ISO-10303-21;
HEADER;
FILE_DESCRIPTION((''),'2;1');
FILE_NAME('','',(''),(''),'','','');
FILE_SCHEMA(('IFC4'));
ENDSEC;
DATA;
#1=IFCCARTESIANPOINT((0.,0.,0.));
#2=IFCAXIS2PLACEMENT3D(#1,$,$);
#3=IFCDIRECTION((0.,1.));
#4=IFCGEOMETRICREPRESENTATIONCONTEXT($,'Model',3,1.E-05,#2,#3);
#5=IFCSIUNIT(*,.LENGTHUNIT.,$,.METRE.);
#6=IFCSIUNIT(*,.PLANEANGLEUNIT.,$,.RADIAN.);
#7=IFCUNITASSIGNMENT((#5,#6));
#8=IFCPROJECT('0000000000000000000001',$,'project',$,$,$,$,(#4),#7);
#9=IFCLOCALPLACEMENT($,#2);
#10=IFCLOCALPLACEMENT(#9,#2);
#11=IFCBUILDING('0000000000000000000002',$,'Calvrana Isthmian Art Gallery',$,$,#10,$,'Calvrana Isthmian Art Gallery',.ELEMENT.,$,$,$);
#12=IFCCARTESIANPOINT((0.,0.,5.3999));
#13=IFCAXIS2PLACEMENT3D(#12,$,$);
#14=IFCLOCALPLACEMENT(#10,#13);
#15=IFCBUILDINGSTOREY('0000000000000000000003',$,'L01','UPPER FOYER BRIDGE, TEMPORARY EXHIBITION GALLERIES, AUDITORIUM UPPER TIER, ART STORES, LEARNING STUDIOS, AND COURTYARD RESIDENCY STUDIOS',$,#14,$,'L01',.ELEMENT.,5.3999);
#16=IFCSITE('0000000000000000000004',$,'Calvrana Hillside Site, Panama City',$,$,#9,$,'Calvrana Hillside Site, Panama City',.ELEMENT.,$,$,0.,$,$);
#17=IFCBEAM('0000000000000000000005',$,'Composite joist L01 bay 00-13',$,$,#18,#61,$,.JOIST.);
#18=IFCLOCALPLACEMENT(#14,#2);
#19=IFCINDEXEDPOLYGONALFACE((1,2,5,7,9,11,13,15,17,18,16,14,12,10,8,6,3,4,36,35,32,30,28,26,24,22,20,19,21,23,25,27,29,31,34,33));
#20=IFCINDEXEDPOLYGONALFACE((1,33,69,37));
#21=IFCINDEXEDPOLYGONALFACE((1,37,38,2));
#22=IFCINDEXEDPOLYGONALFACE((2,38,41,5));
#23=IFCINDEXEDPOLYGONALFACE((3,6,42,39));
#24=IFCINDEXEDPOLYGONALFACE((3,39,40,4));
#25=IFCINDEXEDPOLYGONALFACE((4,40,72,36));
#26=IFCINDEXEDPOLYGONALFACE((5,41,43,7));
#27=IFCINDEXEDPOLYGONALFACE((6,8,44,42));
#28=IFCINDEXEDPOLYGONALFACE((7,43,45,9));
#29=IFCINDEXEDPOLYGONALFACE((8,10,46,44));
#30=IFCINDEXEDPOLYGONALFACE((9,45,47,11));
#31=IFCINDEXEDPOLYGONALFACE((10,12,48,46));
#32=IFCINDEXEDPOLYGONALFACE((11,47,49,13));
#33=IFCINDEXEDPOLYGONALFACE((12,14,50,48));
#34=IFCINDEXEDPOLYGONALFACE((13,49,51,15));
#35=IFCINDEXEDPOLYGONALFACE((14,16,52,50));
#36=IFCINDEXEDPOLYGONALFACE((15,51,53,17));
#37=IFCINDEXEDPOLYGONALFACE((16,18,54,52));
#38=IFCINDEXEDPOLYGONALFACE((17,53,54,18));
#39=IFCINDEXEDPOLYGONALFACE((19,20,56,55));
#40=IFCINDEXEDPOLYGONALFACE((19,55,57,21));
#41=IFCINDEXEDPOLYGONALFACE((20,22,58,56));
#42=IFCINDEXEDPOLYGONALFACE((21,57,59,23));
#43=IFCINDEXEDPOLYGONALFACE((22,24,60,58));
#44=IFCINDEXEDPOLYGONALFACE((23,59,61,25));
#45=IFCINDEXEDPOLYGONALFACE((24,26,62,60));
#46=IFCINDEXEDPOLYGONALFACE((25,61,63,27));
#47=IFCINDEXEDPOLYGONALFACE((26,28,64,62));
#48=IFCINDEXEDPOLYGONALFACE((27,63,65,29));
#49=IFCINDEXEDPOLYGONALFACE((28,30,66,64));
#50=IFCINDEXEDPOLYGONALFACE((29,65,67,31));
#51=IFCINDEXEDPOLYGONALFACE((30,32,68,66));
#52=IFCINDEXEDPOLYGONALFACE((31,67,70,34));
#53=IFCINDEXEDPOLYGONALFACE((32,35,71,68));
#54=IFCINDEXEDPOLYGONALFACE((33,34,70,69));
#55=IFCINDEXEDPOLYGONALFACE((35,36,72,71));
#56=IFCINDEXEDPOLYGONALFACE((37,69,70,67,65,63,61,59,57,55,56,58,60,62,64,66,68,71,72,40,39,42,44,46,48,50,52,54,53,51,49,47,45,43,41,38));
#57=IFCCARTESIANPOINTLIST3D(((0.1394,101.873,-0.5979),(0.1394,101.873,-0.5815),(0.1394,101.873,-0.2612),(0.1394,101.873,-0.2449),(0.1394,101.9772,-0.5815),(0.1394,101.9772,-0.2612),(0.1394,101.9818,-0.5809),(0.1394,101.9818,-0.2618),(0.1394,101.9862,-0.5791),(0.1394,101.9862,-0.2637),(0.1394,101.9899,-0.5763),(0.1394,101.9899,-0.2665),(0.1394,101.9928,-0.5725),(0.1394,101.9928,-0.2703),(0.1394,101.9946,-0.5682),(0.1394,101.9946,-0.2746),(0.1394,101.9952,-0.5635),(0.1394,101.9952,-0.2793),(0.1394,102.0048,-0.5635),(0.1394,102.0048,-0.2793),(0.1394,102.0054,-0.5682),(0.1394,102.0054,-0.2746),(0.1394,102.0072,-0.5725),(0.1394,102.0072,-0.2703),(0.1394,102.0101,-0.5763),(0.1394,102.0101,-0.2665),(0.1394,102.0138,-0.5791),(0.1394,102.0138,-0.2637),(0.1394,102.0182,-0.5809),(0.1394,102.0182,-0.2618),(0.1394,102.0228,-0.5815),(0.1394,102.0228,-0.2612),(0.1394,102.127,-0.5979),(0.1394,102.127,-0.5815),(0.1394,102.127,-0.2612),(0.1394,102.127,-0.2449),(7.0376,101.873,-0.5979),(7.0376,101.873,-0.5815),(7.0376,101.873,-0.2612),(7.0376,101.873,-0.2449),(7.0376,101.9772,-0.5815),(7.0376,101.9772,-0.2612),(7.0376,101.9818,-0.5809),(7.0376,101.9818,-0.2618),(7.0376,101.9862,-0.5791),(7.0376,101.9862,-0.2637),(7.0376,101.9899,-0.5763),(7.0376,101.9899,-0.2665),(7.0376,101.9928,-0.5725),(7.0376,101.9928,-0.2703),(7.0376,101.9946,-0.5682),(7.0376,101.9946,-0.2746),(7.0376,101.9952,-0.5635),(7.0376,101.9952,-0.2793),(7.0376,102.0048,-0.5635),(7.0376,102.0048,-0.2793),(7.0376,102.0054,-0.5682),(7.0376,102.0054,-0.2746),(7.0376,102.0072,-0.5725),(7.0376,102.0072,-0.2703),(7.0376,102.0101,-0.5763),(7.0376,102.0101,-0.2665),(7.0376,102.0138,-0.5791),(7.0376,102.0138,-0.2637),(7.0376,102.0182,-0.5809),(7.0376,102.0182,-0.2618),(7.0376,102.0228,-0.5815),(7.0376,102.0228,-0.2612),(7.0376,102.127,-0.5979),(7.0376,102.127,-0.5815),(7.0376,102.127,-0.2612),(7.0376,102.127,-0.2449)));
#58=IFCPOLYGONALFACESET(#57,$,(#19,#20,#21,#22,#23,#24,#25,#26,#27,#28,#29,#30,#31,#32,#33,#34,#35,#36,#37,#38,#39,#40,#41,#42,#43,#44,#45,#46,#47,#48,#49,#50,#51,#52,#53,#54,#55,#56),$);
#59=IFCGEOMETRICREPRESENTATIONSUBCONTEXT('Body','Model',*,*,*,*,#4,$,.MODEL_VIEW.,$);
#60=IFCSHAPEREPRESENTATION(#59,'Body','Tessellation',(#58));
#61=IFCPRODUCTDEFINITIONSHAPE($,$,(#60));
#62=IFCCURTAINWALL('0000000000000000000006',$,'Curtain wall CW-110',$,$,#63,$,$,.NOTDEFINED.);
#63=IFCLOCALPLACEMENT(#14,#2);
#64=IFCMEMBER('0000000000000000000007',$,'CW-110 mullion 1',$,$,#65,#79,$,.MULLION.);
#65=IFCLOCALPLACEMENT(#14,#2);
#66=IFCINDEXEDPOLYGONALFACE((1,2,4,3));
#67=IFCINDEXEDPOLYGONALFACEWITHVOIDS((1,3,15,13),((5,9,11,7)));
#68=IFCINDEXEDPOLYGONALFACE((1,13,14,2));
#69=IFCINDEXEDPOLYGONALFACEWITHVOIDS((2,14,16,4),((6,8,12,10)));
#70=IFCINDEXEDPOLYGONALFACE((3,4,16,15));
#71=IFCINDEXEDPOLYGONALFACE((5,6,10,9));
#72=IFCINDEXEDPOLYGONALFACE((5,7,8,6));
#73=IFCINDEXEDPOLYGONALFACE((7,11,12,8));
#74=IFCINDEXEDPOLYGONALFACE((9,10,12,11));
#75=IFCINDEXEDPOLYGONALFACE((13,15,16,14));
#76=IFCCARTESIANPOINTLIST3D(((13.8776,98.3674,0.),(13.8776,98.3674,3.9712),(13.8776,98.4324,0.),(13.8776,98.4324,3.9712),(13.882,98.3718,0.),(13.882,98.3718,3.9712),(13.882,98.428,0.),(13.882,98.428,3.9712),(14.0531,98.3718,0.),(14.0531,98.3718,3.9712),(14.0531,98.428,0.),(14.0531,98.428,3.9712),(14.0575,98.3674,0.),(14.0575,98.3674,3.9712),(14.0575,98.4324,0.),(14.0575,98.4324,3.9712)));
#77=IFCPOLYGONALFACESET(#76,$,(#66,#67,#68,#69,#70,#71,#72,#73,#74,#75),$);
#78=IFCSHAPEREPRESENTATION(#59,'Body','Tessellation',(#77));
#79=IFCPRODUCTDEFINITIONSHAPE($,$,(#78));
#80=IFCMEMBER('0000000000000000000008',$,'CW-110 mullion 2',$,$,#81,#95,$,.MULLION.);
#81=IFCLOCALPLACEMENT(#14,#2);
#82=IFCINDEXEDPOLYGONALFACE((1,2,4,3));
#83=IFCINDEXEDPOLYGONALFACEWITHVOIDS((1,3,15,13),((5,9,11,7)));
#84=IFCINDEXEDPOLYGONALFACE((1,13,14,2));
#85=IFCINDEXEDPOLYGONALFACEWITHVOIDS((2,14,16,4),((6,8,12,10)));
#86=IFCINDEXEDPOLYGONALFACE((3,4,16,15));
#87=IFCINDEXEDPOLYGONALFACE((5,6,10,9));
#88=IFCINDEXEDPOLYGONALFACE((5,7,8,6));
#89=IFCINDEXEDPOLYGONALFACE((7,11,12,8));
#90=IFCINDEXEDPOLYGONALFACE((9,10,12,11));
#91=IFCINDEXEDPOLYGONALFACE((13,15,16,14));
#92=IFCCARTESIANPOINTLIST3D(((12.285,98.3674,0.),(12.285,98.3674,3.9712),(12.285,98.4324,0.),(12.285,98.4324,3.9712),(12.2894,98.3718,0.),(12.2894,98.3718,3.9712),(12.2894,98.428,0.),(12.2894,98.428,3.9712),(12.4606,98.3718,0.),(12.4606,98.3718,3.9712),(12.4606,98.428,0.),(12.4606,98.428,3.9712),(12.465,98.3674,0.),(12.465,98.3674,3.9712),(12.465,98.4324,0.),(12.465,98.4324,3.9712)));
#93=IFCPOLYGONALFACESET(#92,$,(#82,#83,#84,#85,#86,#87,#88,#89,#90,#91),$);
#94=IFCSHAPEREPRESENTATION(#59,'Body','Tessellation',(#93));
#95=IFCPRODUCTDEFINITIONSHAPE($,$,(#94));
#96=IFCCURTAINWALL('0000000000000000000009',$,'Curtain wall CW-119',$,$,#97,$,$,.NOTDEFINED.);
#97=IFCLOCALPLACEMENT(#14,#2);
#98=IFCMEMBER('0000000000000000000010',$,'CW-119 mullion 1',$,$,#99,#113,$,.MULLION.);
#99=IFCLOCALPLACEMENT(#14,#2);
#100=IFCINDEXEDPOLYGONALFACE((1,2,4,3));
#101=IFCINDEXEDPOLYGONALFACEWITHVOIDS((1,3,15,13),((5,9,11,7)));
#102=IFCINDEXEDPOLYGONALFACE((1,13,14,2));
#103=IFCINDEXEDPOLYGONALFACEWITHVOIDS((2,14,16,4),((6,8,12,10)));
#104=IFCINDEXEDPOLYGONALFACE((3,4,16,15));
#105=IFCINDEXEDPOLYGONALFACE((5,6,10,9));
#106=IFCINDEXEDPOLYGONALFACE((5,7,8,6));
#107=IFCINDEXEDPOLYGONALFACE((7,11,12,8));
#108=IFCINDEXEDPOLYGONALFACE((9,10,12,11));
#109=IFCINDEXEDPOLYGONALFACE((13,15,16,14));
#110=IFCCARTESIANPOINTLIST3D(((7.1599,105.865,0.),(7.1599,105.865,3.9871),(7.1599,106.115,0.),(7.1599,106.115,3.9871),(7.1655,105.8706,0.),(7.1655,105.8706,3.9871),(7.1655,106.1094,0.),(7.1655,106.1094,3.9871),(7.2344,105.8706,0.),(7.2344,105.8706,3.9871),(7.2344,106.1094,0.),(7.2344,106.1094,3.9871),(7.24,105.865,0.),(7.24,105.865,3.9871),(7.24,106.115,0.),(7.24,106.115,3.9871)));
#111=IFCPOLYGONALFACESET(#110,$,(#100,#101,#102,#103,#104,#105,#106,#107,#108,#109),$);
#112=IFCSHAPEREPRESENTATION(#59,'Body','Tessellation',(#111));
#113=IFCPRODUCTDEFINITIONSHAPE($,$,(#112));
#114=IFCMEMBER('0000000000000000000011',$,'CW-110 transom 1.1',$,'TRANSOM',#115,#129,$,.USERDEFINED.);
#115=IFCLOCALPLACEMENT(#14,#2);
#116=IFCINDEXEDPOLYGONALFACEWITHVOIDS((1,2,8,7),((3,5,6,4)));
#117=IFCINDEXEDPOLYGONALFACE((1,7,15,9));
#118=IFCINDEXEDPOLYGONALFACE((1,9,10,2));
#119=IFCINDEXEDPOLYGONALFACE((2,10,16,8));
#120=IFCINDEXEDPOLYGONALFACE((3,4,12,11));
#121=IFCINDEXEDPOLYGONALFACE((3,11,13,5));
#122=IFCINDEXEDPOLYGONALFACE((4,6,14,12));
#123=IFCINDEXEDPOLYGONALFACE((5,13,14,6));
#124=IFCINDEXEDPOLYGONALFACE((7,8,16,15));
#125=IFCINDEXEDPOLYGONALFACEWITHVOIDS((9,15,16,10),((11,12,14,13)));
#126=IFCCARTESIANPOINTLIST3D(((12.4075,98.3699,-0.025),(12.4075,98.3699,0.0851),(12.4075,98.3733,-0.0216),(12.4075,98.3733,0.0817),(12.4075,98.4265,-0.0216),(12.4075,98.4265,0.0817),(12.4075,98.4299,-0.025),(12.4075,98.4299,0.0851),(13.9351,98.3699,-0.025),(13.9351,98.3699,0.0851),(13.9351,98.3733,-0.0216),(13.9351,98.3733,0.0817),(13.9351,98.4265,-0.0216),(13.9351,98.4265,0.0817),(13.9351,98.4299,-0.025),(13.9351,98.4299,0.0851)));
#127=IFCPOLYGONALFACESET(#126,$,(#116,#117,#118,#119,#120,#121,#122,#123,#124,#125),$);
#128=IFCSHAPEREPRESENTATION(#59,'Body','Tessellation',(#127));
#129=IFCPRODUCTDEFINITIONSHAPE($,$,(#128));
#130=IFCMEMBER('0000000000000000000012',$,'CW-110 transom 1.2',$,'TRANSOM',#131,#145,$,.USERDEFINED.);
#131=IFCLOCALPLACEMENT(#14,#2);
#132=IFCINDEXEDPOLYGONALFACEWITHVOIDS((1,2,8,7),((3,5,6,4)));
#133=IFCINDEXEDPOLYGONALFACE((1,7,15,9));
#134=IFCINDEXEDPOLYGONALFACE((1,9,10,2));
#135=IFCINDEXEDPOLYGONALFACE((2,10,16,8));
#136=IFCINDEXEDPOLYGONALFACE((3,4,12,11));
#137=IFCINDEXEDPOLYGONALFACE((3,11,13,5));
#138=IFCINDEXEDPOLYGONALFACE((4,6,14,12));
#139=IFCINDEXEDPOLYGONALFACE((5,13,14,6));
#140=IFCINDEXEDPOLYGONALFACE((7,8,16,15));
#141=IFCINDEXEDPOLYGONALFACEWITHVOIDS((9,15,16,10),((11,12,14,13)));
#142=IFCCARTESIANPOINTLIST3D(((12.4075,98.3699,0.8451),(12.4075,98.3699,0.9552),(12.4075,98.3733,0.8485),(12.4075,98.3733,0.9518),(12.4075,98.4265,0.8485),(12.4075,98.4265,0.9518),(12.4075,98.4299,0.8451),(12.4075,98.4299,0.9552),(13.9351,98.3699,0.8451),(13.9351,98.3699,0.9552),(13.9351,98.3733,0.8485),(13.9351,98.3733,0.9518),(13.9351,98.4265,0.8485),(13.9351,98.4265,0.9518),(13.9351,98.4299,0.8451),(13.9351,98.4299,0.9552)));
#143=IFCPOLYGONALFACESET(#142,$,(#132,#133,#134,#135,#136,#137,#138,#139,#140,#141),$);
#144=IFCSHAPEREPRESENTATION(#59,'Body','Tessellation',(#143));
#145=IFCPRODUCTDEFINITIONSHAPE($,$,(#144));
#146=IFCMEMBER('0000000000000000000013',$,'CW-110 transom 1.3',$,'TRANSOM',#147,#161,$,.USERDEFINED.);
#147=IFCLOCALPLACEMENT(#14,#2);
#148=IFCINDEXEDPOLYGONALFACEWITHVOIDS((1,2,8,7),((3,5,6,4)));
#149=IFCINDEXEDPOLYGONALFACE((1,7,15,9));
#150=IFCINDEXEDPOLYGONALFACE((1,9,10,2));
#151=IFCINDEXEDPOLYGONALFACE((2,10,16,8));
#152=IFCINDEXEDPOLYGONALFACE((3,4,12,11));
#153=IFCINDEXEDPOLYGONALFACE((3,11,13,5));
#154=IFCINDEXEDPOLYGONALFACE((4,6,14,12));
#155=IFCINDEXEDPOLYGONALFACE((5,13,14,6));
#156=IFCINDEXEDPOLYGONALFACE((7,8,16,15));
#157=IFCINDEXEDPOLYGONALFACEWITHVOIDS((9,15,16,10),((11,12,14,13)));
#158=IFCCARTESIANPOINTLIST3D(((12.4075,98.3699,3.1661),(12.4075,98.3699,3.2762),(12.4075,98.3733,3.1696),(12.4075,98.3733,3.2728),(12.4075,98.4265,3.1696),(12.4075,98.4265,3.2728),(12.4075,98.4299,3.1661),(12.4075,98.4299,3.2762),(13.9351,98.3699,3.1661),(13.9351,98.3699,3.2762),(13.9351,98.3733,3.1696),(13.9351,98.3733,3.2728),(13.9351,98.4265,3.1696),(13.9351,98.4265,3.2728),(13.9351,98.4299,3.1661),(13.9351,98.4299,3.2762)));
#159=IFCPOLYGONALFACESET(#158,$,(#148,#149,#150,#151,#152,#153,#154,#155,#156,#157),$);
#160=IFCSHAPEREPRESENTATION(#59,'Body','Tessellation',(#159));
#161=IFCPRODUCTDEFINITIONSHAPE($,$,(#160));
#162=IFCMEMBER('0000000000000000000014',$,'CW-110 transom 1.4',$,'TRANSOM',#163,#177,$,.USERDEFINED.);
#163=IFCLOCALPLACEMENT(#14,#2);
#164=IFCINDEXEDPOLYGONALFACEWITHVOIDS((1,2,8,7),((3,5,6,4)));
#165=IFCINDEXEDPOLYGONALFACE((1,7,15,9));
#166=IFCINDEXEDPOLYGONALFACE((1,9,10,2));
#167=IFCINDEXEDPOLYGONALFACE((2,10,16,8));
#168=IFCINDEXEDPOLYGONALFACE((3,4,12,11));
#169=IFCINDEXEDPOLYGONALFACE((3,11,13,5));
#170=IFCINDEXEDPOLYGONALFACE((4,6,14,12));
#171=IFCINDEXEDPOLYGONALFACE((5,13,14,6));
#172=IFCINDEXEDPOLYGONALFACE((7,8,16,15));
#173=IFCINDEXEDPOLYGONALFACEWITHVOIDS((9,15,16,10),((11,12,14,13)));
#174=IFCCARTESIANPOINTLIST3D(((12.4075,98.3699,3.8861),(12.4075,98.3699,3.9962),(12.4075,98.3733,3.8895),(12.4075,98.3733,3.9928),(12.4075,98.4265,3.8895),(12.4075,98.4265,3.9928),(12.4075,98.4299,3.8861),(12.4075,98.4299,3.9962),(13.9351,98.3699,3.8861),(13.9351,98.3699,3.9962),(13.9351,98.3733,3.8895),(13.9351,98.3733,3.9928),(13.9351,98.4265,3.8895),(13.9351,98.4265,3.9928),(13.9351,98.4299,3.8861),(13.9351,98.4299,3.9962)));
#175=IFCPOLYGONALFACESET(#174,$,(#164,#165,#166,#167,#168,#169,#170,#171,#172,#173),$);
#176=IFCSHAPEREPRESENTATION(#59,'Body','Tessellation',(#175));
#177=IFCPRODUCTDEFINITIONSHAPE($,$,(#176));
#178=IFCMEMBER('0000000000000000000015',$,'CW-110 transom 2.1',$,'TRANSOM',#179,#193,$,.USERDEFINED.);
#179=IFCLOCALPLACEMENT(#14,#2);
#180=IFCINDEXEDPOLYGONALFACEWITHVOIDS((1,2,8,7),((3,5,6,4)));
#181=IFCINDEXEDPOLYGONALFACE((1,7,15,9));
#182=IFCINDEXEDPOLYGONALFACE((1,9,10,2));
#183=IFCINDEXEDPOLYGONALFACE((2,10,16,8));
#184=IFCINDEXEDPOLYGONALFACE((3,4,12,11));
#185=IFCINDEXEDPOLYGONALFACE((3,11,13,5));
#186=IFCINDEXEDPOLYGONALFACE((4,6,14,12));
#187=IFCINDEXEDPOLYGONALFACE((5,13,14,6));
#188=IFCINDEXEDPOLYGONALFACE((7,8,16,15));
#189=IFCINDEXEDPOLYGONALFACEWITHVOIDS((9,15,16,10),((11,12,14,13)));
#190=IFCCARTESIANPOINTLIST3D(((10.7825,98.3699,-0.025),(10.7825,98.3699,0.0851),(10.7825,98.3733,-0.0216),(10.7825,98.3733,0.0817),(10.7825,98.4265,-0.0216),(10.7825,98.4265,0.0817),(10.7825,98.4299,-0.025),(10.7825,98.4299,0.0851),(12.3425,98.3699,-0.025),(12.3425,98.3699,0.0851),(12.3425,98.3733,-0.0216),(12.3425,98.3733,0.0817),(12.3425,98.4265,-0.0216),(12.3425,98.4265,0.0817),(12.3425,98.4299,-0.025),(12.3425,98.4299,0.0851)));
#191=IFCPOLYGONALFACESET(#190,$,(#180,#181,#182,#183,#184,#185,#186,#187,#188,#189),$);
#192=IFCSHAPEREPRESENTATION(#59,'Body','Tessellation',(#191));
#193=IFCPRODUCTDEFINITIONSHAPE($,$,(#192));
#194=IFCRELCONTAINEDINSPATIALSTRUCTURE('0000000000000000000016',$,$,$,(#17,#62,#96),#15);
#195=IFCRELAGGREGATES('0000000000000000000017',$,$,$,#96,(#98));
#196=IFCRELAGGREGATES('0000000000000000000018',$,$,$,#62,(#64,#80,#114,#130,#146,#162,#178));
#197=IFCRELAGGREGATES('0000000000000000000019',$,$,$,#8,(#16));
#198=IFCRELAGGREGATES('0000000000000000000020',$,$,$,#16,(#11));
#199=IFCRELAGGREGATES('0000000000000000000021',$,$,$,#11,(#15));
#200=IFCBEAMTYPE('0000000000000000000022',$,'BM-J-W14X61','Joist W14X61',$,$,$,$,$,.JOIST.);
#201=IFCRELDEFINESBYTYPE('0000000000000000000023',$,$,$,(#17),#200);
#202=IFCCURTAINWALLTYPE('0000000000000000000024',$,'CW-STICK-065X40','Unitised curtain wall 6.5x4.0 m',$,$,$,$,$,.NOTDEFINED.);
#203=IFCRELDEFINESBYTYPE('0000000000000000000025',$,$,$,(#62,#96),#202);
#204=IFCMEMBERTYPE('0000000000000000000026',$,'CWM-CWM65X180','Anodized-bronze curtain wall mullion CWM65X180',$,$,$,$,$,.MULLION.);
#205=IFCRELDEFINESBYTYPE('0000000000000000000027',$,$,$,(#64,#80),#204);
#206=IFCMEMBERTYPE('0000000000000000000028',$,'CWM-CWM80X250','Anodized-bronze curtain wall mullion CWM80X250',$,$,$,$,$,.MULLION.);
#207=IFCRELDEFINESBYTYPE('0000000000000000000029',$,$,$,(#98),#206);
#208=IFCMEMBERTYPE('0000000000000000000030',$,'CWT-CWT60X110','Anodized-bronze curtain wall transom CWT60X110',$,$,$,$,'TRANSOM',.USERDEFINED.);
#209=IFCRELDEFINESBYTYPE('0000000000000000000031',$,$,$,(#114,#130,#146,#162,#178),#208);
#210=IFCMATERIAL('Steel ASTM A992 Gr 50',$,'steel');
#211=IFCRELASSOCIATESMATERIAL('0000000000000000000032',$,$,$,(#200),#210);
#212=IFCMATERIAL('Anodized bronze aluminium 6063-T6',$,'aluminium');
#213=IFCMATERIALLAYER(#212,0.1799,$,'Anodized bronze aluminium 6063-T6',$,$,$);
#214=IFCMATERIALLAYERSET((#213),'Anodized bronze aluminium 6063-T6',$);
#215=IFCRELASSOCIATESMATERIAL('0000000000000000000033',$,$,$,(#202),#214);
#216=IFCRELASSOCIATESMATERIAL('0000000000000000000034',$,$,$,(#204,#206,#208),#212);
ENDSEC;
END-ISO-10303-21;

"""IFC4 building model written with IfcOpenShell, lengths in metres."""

from ifc_helpers import new_model, si_unit, direction, frame, origin, origin_2d, place, context, subcontext, project, spatial, hollow_rectangle, i_section, extrude, material, layer, layer_set, material_profile, profile_set, type_object, element, aggregate, save


model = new_model("IFC4")

# Units and contexts
model_context = context("Model", 3, precision=1e-05, world=origin(), true_north=direction((0.0, 1.0)))
body_context = subcontext(model_context, "Body", "Model", "MODEL_VIEW")
ifc_project = project(units=[si_unit("LENGTHUNIT", "METRE"), si_unit("PLANEANGLEUNIT", "RADIAN")], contexts=[model_context])

# Site, building, storey
site_placement = place(None, origin())
site = spatial("IfcSite", under=ifc_project, at=site_placement, Name="Calvrana Hillside Site, Panama City", LongName="Calvrana Hillside Site, Panama City", CompositionType="ELEMENT", RefElevation=0.0)
building_placement = place(site_placement, origin())
building = spatial("IfcBuilding", under=site, at=building_placement, Name="Calvrana Isthmian Art Gallery", LongName="Calvrana Isthmian Art Gallery", CompositionType="ELEMENT")
storey_placement = place(building_placement, frame((0.0, 0.0, 5.3999)))
storey = spatial("IfcBuildingStorey", under=building, at=storey_placement, Name="L01", Description="UPPER FOYER BRIDGE, TEMPORARY EXHIBITION GALLERIES, AUDITORIUM UPPER TIER, ART STORES, LEARNING STUDIOS, AND COURTYARD RESIDENCY STUDIOS", LongName="L01", CompositionType="ELEMENT", Elevation=5.3999)

# Beam
ifc_material_1 = material(Name="Steel ASTM A992 Gr 50", Category="steel")
ifc_material_profile_1 = material_profile(ifc_material_1, i_section(OverallWidth=0.2539, OverallDepth=0.353, WebThickness=0.0095, FlangeThickness=0.0164, FilletRadius=0.0181, at=origin_2d()), Name="W14X61")
ifc_profile_set_1 = profile_set([ifc_material_profile_1], Name="Steel ASTM A992 Gr 50")
beam_type_1 = type_object("IfcBeamType", Name="BM-J-W14X61", Description="Joist W14X61", PredefinedType="JOIST", material=ifc_profile_set_1)
beam_1_placement = place(storey_placement, frame((0.1394, 102.0, -0.4214), z_axis=(1.0, 0.0, 0.0), x_axis=(0.0, 1.0, 0.0)))
element("IfcBeam", 1, at=beam_1_placement, inside=storey, type_object=beam_type_1, Name="Composite joist L01 bay 00-13", PredefinedType="JOIST", context=body_context, shape_type="SweptSolid", body=[
    extrude(i_section(OverallWidth=0.2539, OverallDepth=0.353, WebThickness=0.0095, FlangeThickness=0.0164, FilletRadius=0.0181, at=origin_2d()), origin(), (0.0, 0.0, 1.0), 6.8982),
])

# Curtain wall, members
ifc_material_2 = material(Name="Anodized bronze aluminium 6063-T6", Category="aluminium")
ifc_layer_1 = layer(ifc_material_2, 0.1799, Name="Anodized bronze aluminium 6063-T6")
ifc_layer_set_1 = layer_set([ifc_layer_1], Name="Anodized bronze aluminium 6063-T6")
curtain_wall_type = type_object("IfcCurtainWallType", Name="CW-STICK-065X40", Description="Unitised curtain wall 6.5x4.0 m", PredefinedType="NOTDEFINED", material=ifc_layer_set_1)
curtain_wall_1_placement = place(storey_placement, origin())
curtain_wall_1 = element("IfcCurtainWall", 2, at=curtain_wall_1_placement, inside=storey, type_object=curtain_wall_type, Name="Curtain wall CW-110", PredefinedType="NOTDEFINED")
ifc_material_profile_2 = material_profile(ifc_material_2, hollow_rectangle(XDim=0.0649, YDim=0.1799, WallThickness=0.0044, at=origin_2d()), Name="CWM65X180")
ifc_profile_set_2 = profile_set([ifc_material_profile_2], Name="Anodized bronze aluminium 6063-T6")
member_type_1 = type_object("IfcMemberType", Name="CWM-CWM65X180", Description="Anodized-bronze curtain wall mullion CWM65X180", PredefinedType="MULLION", material=ifc_profile_set_2)
member_1_placement = place(storey_placement, frame((13.9675, 98.3999, 0.0), z_axis=(0.0, 0.0, 1.0), x_axis=(0.0, -1.0, 0.0)))
member_1 = element("IfcMember", 3, at=member_1_placement, type_object=member_type_1, Name="CW-110 mullion 1", PredefinedType="MULLION", context=body_context, shape_type="SweptSolid", body=[
    extrude(hollow_rectangle(XDim=0.0649, YDim=0.1799, WallThickness=0.0044, at=origin_2d()), origin(), (0.0, 0.0, 1.0), 3.9712),
])
member_2_placement = place(storey_placement, frame((12.375, 98.3999, 0.0), z_axis=(0.0, 0.0, 1.0), x_axis=(0.0, -1.0, 0.0)))
member_2 = element("IfcMember", 4, at=member_2_placement, type_object=member_type_1, Name="CW-110 mullion 2", PredefinedType="MULLION", context=body_context, shape_type="SweptSolid", body=[
    extrude(hollow_rectangle(XDim=0.0649, YDim=0.1799, WallThickness=0.0044, at=origin_2d()), origin(), (0.0, 0.0, 1.0), 3.9712),
])

# Curtain wall, member
curtain_wall_2_placement = place(storey_placement, origin())
curtain_wall_2 = element("IfcCurtainWall", 5, at=curtain_wall_2_placement, inside=storey, type_object=curtain_wall_type, Name="Curtain wall CW-119", PredefinedType="NOTDEFINED")
ifc_material_profile_3 = material_profile(ifc_material_2, hollow_rectangle(XDim=0.0801, YDim=0.25, WallThickness=0.0056, at=origin_2d()), Name="CWM80X250")
ifc_profile_set_3 = profile_set([ifc_material_profile_3], Name="Anodized bronze aluminium 6063-T6")
member_type_2 = type_object("IfcMemberType", Name="CWM-CWM80X250", Description="Anodized-bronze curtain wall mullion CWM80X250", PredefinedType="MULLION", material=ifc_profile_set_3)
member_3_placement = place(storey_placement, frame((7.2, 105.99, 0.0), z_axis=(0.0, 0.0, 1.0), x_axis=(-1.0, 0.0, 0.0)))
member_3 = element("IfcMember", 6, at=member_3_placement, type_object=member_type_2, Name="CW-119 mullion 1", PredefinedType="MULLION", context=body_context, shape_type="SweptSolid", body=[
    extrude(hollow_rectangle(XDim=0.0801, YDim=0.25, WallThickness=0.0056, at=origin_2d()), origin(), (0.0, 0.0, 1.0), 3.9871),
])

# Members
ifc_material_profile_4 = material_profile(ifc_material_2, hollow_rectangle(XDim=0.0601, YDim=0.1101, WallThickness=0.0034, at=origin_2d()), Name="CWT60X110")
ifc_profile_set_4 = profile_set([ifc_material_profile_4], Name="Anodized bronze aluminium 6063-T6")
member_type_3 = type_object("IfcMemberType", Name="CWT-CWT60X110", Description="Anodized-bronze curtain wall transom CWT60X110", ElementType="TRANSOM", PredefinedType="USERDEFINED", material=ifc_profile_set_4)
member_4_placement = place(storey_placement, frame((13.9351, 98.3999, 0.03), z_axis=(-1.0, 0.0, 0.0), x_axis=(0.0, -1.0, 0.0)))
member_4 = element("IfcMember", 7, at=member_4_placement, type_object=member_type_3, Name="CW-110 transom 1.1", ObjectType="TRANSOM", PredefinedType="USERDEFINED", context=body_context, shape_type="SweptSolid", body=[
    extrude(hollow_rectangle(XDim=0.0601, YDim=0.1101, WallThickness=0.0034, at=origin_2d()), origin(), (0.0, 0.0, 1.0), 1.5276),
])
member_5_placement = place(storey_placement, frame((13.9351, 98.3999, 0.9001), z_axis=(-1.0, 0.0, 0.0), x_axis=(0.0, -1.0, 0.0)))
member_5 = element("IfcMember", 8, at=member_5_placement, type_object=member_type_3, Name="CW-110 transom 1.2", ObjectType="TRANSOM", PredefinedType="USERDEFINED", context=body_context, shape_type="SweptSolid", body=[
    extrude(hollow_rectangle(XDim=0.0601, YDim=0.1101, WallThickness=0.0034, at=origin_2d()), origin(), (0.0, 0.0, 1.0), 1.5276),
])
member_6_placement = place(storey_placement, frame((13.9351, 98.3999, 3.2212), z_axis=(-1.0, 0.0, 0.0), x_axis=(0.0, -1.0, 0.0)))
member_6 = element("IfcMember", 9, at=member_6_placement, type_object=member_type_3, Name="CW-110 transom 1.3", ObjectType="TRANSOM", PredefinedType="USERDEFINED", context=body_context, shape_type="SweptSolid", body=[
    extrude(hollow_rectangle(XDim=0.0601, YDim=0.1101, WallThickness=0.0034, at=origin_2d()), origin(), (0.0, 0.0, 1.0), 1.5276),
])
member_7_placement = place(storey_placement, frame((13.9351, 98.3999, 3.9412), z_axis=(-1.0, 0.0, 0.0), x_axis=(0.0, -1.0, 0.0)))
member_7 = element("IfcMember", 10, at=member_7_placement, type_object=member_type_3, Name="CW-110 transom 1.4", ObjectType="TRANSOM", PredefinedType="USERDEFINED", context=body_context, shape_type="SweptSolid", body=[
    extrude(hollow_rectangle(XDim=0.0601, YDim=0.1101, WallThickness=0.0034, at=origin_2d()), origin(), (0.0, 0.0, 1.0), 1.5276),
])
member_8_placement = place(storey_placement, frame((12.3425, 98.3999, 0.03), z_axis=(-1.0, 0.0, 0.0), x_axis=(0.0, -1.0, 0.0)))
member_8 = element("IfcMember", 11, at=member_8_placement, type_object=member_type_3, Name="CW-110 transom 2.1", ObjectType="TRANSOM", PredefinedType="USERDEFINED", context=body_context, shape_type="SweptSolid", body=[
    extrude(hollow_rectangle(XDim=0.0601, YDim=0.1101, WallThickness=0.0034, at=origin_2d()), origin(), (0.0, 0.0, 1.0), 1.5601),
])
aggregate(curtain_wall_2, [member_3])

aggregate(curtain_wall_1, [member_1, member_2, member_4, member_5, member_6, member_7, member_8])

save(model, "model.ifc")
